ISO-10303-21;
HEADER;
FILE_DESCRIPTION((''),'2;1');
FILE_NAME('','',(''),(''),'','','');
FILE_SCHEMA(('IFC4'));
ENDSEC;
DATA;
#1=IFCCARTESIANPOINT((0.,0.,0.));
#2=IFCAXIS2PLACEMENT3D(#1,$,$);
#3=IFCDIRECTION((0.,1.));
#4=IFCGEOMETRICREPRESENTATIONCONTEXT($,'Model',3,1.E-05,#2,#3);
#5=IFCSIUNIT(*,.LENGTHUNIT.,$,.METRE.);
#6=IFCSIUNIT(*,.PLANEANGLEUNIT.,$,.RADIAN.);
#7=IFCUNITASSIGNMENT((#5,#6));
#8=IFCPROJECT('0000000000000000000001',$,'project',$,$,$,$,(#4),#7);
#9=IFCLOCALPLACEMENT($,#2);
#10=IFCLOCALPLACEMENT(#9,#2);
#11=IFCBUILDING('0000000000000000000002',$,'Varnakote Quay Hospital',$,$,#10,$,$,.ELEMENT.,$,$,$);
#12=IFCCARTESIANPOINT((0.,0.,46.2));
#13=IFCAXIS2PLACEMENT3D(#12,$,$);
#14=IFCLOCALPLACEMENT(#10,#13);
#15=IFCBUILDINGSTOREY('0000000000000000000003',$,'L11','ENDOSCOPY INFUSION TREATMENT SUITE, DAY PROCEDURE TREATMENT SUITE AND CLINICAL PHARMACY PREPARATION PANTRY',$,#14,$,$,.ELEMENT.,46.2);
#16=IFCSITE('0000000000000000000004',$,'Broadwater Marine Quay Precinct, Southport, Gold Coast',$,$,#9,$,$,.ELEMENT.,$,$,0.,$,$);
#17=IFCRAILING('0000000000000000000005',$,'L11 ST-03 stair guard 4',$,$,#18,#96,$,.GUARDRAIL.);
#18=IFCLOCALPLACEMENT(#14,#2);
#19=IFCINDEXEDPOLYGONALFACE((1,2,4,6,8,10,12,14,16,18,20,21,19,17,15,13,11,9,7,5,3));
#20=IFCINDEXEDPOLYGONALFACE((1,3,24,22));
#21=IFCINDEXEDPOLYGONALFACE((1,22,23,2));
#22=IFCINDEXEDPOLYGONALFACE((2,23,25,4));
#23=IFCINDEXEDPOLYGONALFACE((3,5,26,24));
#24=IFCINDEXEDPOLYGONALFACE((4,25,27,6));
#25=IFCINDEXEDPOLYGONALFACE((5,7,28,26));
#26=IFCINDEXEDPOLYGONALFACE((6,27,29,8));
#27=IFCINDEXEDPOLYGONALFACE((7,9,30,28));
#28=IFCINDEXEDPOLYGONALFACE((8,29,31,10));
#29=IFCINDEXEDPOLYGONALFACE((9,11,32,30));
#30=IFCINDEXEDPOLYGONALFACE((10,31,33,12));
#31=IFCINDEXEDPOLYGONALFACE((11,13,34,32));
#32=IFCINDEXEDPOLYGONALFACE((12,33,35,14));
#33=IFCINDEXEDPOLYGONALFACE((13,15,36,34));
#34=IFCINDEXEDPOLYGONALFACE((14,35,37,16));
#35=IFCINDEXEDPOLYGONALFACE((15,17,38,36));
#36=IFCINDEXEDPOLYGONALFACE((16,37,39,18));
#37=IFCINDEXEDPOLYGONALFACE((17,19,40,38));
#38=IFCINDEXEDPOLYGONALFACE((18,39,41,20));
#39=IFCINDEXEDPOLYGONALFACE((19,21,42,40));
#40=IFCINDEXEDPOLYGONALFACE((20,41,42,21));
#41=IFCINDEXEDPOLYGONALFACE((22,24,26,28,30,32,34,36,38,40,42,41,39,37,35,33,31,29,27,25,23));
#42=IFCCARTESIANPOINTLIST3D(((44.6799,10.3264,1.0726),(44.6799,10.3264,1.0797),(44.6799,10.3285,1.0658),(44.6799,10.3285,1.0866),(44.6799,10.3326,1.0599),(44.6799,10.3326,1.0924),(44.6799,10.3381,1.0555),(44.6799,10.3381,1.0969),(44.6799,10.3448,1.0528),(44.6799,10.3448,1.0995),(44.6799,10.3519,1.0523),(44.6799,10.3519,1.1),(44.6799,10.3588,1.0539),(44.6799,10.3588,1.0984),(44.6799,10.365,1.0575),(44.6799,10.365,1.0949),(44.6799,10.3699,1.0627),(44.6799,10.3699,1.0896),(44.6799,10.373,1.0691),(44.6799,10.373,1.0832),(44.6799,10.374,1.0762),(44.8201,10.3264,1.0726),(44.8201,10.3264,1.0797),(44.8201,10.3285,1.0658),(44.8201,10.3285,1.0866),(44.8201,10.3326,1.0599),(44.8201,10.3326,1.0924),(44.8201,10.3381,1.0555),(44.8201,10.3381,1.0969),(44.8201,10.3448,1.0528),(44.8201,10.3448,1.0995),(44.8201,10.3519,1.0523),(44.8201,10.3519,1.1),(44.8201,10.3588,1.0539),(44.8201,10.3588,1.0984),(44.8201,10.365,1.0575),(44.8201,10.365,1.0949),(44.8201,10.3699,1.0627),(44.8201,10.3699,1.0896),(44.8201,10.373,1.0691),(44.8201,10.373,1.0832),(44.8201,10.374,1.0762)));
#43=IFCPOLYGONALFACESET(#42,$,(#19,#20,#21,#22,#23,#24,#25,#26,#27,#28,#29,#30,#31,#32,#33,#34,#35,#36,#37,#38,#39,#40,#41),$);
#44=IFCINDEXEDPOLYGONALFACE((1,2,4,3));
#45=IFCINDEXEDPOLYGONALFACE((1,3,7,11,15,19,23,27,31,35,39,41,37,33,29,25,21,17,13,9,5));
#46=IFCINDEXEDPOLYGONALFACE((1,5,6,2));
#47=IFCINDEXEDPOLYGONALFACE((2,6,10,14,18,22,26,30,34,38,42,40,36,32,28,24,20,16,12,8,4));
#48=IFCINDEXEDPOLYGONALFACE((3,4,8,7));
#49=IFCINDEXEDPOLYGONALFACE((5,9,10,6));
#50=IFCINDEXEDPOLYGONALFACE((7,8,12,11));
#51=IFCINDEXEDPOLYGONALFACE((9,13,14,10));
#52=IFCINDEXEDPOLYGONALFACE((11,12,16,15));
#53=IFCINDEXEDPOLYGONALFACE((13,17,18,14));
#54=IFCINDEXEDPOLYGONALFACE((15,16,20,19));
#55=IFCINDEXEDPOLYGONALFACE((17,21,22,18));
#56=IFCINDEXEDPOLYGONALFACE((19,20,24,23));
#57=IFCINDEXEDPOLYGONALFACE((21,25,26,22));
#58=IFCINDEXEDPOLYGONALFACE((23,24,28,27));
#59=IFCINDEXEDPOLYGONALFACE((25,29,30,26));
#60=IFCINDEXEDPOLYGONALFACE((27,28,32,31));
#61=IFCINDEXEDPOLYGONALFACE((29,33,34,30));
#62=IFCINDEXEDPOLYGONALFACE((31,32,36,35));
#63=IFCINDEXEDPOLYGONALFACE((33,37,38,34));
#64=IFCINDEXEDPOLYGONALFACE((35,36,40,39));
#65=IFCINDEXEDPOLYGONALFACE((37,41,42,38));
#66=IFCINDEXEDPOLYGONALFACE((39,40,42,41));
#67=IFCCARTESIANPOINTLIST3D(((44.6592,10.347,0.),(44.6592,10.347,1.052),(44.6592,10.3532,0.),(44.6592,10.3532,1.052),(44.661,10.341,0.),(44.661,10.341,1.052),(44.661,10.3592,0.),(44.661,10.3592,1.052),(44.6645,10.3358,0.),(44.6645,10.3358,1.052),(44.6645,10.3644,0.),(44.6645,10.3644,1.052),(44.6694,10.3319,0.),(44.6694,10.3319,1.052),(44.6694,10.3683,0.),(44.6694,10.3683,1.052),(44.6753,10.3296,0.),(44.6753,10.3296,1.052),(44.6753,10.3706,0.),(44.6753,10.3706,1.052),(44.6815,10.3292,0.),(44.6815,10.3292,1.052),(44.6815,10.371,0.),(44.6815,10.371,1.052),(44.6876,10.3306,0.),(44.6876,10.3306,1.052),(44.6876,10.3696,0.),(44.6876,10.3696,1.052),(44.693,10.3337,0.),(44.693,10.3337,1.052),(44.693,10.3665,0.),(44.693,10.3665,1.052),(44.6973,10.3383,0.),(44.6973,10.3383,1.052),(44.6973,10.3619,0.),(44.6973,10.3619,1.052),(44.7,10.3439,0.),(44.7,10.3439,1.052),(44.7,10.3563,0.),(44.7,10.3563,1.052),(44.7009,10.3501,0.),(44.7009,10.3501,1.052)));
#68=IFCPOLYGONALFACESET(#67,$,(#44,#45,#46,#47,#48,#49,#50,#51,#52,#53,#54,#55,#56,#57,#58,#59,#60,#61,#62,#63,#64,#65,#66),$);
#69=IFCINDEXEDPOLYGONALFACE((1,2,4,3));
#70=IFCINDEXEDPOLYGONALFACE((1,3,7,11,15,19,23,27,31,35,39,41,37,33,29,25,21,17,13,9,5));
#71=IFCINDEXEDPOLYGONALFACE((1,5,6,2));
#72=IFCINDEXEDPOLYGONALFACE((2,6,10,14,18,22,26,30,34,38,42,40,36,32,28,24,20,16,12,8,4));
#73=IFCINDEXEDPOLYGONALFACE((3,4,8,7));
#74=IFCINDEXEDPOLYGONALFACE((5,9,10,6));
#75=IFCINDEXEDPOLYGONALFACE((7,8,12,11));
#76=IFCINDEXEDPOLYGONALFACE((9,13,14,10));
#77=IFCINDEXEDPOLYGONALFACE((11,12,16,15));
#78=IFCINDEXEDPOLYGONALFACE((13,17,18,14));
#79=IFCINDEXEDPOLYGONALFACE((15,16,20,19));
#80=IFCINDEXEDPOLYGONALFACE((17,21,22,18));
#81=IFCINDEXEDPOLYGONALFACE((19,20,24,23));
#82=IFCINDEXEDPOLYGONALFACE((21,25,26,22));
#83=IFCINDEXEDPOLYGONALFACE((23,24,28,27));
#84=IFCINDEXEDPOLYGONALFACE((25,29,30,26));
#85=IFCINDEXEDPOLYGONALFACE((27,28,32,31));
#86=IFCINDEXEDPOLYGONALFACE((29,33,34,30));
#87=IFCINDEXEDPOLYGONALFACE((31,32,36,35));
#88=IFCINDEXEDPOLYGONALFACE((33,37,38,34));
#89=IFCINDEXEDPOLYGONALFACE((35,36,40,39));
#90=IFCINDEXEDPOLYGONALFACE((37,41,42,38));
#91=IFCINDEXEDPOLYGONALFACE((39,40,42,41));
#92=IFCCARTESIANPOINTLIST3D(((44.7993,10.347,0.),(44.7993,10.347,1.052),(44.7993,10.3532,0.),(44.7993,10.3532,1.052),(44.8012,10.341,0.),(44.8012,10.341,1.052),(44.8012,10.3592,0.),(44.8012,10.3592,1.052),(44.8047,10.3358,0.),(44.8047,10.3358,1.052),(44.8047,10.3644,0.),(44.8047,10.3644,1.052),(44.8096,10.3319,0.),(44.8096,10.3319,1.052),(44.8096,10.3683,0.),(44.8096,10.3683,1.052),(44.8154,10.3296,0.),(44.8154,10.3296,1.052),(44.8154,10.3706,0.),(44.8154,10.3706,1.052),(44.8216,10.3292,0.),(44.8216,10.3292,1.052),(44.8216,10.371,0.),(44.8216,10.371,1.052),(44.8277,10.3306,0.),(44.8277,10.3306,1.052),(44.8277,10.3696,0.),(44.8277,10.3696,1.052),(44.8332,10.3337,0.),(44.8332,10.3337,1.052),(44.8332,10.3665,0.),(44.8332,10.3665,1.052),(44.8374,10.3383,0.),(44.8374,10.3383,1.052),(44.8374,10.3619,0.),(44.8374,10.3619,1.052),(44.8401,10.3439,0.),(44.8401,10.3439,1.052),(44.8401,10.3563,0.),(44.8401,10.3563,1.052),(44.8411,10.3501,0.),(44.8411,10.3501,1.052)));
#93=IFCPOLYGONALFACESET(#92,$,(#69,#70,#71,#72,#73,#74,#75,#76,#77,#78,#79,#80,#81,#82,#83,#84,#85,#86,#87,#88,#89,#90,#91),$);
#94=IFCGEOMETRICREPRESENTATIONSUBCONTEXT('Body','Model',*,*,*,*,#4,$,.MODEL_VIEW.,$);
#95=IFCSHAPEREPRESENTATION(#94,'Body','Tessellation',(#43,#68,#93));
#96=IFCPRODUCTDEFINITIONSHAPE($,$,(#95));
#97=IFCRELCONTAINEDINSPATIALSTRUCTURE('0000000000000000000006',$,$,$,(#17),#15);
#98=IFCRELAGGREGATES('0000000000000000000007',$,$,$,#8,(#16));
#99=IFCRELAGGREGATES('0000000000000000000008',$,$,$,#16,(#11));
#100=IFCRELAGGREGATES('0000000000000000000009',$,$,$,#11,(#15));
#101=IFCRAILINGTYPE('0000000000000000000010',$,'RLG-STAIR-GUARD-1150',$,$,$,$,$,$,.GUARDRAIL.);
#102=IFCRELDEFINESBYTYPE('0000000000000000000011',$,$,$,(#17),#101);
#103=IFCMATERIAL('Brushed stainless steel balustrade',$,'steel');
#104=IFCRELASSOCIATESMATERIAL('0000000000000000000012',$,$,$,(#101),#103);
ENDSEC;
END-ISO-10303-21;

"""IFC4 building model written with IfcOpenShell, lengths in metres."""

from ifc_helpers import new_model, si_unit, direction, frame, origin, origin_2d, place, context, subcontext, project, spatial, circle, extrude, material, type_object, element, save


model = new_model("IFC4")

# Units and contexts
model_context = context("Model", 3, precision=1e-05, world=origin(), true_north=direction((0.0, 1.0)))
body_context = subcontext(model_context, "Body", "Model", "MODEL_VIEW")
ifc_project = project(units=[si_unit("LENGTHUNIT", "METRE"), si_unit("PLANEANGLEUNIT", "RADIAN")], contexts=[model_context])

# Site, building, storey
site_placement = place(None, origin())
site = spatial("IfcSite", under=ifc_project, at=site_placement, Name="Broadwater Marine Quay Precinct, Southport, Gold Coast", CompositionType="ELEMENT", RefElevation=0.0)
building_placement = place(site_placement, origin())
building = spatial("IfcBuilding", under=site, at=building_placement, Name="Varnakote Quay Hospital", CompositionType="ELEMENT")
storey_placement = place(building_placement, frame((0.0, 0.0, 46.2)))
storey = spatial("IfcBuildingStorey", under=building, at=storey_placement, Name="L11", Description="ENDOSCOPY INFUSION TREATMENT SUITE, DAY PROCEDURE TREATMENT SUITE AND CLINICAL PHARMACY PREPARATION PANTRY", CompositionType="ELEMENT", Elevation=46.2)

# Railing
ifc_material_1 = material(Name="Brushed stainless steel balustrade", Category="steel")
railing_type_1 = type_object("IfcRailingType", Name="RLG-STAIR-GUARD-1150", PredefinedType="GUARDRAIL", material=ifc_material_1)
railing_1_placement = place(storey_placement, frame((44.6799, 10.3501, 0.0)))
element("IfcRailing", 1, at=railing_1_placement, inside=storey, type_object=railing_type_1, Name="L11 ST-03 stair guard 4", PredefinedType="GUARDRAIL", context=body_context, shape_type="SweptSolid", body=[
    extrude(circle(Radius=0.0239, at=origin_2d()), frame((0.0, 0.0, 1.0762), z_axis=(1.0, 0.0, 0.0), x_axis=(0.0, 1.0, 0.0)), (0.0, 0.0, 1.0), 0.1401),
    extrude(circle(Radius=0.021, at=origin_2d()), origin(), (0.0, 0.0, 1.0), 1.052),
    extrude(circle(Radius=0.021, at=origin_2d()), frame((0.1401, 0.0, 0.0)), (0.0, 0.0, 1.0), 1.052),
])

save(model, "model.ifc")
